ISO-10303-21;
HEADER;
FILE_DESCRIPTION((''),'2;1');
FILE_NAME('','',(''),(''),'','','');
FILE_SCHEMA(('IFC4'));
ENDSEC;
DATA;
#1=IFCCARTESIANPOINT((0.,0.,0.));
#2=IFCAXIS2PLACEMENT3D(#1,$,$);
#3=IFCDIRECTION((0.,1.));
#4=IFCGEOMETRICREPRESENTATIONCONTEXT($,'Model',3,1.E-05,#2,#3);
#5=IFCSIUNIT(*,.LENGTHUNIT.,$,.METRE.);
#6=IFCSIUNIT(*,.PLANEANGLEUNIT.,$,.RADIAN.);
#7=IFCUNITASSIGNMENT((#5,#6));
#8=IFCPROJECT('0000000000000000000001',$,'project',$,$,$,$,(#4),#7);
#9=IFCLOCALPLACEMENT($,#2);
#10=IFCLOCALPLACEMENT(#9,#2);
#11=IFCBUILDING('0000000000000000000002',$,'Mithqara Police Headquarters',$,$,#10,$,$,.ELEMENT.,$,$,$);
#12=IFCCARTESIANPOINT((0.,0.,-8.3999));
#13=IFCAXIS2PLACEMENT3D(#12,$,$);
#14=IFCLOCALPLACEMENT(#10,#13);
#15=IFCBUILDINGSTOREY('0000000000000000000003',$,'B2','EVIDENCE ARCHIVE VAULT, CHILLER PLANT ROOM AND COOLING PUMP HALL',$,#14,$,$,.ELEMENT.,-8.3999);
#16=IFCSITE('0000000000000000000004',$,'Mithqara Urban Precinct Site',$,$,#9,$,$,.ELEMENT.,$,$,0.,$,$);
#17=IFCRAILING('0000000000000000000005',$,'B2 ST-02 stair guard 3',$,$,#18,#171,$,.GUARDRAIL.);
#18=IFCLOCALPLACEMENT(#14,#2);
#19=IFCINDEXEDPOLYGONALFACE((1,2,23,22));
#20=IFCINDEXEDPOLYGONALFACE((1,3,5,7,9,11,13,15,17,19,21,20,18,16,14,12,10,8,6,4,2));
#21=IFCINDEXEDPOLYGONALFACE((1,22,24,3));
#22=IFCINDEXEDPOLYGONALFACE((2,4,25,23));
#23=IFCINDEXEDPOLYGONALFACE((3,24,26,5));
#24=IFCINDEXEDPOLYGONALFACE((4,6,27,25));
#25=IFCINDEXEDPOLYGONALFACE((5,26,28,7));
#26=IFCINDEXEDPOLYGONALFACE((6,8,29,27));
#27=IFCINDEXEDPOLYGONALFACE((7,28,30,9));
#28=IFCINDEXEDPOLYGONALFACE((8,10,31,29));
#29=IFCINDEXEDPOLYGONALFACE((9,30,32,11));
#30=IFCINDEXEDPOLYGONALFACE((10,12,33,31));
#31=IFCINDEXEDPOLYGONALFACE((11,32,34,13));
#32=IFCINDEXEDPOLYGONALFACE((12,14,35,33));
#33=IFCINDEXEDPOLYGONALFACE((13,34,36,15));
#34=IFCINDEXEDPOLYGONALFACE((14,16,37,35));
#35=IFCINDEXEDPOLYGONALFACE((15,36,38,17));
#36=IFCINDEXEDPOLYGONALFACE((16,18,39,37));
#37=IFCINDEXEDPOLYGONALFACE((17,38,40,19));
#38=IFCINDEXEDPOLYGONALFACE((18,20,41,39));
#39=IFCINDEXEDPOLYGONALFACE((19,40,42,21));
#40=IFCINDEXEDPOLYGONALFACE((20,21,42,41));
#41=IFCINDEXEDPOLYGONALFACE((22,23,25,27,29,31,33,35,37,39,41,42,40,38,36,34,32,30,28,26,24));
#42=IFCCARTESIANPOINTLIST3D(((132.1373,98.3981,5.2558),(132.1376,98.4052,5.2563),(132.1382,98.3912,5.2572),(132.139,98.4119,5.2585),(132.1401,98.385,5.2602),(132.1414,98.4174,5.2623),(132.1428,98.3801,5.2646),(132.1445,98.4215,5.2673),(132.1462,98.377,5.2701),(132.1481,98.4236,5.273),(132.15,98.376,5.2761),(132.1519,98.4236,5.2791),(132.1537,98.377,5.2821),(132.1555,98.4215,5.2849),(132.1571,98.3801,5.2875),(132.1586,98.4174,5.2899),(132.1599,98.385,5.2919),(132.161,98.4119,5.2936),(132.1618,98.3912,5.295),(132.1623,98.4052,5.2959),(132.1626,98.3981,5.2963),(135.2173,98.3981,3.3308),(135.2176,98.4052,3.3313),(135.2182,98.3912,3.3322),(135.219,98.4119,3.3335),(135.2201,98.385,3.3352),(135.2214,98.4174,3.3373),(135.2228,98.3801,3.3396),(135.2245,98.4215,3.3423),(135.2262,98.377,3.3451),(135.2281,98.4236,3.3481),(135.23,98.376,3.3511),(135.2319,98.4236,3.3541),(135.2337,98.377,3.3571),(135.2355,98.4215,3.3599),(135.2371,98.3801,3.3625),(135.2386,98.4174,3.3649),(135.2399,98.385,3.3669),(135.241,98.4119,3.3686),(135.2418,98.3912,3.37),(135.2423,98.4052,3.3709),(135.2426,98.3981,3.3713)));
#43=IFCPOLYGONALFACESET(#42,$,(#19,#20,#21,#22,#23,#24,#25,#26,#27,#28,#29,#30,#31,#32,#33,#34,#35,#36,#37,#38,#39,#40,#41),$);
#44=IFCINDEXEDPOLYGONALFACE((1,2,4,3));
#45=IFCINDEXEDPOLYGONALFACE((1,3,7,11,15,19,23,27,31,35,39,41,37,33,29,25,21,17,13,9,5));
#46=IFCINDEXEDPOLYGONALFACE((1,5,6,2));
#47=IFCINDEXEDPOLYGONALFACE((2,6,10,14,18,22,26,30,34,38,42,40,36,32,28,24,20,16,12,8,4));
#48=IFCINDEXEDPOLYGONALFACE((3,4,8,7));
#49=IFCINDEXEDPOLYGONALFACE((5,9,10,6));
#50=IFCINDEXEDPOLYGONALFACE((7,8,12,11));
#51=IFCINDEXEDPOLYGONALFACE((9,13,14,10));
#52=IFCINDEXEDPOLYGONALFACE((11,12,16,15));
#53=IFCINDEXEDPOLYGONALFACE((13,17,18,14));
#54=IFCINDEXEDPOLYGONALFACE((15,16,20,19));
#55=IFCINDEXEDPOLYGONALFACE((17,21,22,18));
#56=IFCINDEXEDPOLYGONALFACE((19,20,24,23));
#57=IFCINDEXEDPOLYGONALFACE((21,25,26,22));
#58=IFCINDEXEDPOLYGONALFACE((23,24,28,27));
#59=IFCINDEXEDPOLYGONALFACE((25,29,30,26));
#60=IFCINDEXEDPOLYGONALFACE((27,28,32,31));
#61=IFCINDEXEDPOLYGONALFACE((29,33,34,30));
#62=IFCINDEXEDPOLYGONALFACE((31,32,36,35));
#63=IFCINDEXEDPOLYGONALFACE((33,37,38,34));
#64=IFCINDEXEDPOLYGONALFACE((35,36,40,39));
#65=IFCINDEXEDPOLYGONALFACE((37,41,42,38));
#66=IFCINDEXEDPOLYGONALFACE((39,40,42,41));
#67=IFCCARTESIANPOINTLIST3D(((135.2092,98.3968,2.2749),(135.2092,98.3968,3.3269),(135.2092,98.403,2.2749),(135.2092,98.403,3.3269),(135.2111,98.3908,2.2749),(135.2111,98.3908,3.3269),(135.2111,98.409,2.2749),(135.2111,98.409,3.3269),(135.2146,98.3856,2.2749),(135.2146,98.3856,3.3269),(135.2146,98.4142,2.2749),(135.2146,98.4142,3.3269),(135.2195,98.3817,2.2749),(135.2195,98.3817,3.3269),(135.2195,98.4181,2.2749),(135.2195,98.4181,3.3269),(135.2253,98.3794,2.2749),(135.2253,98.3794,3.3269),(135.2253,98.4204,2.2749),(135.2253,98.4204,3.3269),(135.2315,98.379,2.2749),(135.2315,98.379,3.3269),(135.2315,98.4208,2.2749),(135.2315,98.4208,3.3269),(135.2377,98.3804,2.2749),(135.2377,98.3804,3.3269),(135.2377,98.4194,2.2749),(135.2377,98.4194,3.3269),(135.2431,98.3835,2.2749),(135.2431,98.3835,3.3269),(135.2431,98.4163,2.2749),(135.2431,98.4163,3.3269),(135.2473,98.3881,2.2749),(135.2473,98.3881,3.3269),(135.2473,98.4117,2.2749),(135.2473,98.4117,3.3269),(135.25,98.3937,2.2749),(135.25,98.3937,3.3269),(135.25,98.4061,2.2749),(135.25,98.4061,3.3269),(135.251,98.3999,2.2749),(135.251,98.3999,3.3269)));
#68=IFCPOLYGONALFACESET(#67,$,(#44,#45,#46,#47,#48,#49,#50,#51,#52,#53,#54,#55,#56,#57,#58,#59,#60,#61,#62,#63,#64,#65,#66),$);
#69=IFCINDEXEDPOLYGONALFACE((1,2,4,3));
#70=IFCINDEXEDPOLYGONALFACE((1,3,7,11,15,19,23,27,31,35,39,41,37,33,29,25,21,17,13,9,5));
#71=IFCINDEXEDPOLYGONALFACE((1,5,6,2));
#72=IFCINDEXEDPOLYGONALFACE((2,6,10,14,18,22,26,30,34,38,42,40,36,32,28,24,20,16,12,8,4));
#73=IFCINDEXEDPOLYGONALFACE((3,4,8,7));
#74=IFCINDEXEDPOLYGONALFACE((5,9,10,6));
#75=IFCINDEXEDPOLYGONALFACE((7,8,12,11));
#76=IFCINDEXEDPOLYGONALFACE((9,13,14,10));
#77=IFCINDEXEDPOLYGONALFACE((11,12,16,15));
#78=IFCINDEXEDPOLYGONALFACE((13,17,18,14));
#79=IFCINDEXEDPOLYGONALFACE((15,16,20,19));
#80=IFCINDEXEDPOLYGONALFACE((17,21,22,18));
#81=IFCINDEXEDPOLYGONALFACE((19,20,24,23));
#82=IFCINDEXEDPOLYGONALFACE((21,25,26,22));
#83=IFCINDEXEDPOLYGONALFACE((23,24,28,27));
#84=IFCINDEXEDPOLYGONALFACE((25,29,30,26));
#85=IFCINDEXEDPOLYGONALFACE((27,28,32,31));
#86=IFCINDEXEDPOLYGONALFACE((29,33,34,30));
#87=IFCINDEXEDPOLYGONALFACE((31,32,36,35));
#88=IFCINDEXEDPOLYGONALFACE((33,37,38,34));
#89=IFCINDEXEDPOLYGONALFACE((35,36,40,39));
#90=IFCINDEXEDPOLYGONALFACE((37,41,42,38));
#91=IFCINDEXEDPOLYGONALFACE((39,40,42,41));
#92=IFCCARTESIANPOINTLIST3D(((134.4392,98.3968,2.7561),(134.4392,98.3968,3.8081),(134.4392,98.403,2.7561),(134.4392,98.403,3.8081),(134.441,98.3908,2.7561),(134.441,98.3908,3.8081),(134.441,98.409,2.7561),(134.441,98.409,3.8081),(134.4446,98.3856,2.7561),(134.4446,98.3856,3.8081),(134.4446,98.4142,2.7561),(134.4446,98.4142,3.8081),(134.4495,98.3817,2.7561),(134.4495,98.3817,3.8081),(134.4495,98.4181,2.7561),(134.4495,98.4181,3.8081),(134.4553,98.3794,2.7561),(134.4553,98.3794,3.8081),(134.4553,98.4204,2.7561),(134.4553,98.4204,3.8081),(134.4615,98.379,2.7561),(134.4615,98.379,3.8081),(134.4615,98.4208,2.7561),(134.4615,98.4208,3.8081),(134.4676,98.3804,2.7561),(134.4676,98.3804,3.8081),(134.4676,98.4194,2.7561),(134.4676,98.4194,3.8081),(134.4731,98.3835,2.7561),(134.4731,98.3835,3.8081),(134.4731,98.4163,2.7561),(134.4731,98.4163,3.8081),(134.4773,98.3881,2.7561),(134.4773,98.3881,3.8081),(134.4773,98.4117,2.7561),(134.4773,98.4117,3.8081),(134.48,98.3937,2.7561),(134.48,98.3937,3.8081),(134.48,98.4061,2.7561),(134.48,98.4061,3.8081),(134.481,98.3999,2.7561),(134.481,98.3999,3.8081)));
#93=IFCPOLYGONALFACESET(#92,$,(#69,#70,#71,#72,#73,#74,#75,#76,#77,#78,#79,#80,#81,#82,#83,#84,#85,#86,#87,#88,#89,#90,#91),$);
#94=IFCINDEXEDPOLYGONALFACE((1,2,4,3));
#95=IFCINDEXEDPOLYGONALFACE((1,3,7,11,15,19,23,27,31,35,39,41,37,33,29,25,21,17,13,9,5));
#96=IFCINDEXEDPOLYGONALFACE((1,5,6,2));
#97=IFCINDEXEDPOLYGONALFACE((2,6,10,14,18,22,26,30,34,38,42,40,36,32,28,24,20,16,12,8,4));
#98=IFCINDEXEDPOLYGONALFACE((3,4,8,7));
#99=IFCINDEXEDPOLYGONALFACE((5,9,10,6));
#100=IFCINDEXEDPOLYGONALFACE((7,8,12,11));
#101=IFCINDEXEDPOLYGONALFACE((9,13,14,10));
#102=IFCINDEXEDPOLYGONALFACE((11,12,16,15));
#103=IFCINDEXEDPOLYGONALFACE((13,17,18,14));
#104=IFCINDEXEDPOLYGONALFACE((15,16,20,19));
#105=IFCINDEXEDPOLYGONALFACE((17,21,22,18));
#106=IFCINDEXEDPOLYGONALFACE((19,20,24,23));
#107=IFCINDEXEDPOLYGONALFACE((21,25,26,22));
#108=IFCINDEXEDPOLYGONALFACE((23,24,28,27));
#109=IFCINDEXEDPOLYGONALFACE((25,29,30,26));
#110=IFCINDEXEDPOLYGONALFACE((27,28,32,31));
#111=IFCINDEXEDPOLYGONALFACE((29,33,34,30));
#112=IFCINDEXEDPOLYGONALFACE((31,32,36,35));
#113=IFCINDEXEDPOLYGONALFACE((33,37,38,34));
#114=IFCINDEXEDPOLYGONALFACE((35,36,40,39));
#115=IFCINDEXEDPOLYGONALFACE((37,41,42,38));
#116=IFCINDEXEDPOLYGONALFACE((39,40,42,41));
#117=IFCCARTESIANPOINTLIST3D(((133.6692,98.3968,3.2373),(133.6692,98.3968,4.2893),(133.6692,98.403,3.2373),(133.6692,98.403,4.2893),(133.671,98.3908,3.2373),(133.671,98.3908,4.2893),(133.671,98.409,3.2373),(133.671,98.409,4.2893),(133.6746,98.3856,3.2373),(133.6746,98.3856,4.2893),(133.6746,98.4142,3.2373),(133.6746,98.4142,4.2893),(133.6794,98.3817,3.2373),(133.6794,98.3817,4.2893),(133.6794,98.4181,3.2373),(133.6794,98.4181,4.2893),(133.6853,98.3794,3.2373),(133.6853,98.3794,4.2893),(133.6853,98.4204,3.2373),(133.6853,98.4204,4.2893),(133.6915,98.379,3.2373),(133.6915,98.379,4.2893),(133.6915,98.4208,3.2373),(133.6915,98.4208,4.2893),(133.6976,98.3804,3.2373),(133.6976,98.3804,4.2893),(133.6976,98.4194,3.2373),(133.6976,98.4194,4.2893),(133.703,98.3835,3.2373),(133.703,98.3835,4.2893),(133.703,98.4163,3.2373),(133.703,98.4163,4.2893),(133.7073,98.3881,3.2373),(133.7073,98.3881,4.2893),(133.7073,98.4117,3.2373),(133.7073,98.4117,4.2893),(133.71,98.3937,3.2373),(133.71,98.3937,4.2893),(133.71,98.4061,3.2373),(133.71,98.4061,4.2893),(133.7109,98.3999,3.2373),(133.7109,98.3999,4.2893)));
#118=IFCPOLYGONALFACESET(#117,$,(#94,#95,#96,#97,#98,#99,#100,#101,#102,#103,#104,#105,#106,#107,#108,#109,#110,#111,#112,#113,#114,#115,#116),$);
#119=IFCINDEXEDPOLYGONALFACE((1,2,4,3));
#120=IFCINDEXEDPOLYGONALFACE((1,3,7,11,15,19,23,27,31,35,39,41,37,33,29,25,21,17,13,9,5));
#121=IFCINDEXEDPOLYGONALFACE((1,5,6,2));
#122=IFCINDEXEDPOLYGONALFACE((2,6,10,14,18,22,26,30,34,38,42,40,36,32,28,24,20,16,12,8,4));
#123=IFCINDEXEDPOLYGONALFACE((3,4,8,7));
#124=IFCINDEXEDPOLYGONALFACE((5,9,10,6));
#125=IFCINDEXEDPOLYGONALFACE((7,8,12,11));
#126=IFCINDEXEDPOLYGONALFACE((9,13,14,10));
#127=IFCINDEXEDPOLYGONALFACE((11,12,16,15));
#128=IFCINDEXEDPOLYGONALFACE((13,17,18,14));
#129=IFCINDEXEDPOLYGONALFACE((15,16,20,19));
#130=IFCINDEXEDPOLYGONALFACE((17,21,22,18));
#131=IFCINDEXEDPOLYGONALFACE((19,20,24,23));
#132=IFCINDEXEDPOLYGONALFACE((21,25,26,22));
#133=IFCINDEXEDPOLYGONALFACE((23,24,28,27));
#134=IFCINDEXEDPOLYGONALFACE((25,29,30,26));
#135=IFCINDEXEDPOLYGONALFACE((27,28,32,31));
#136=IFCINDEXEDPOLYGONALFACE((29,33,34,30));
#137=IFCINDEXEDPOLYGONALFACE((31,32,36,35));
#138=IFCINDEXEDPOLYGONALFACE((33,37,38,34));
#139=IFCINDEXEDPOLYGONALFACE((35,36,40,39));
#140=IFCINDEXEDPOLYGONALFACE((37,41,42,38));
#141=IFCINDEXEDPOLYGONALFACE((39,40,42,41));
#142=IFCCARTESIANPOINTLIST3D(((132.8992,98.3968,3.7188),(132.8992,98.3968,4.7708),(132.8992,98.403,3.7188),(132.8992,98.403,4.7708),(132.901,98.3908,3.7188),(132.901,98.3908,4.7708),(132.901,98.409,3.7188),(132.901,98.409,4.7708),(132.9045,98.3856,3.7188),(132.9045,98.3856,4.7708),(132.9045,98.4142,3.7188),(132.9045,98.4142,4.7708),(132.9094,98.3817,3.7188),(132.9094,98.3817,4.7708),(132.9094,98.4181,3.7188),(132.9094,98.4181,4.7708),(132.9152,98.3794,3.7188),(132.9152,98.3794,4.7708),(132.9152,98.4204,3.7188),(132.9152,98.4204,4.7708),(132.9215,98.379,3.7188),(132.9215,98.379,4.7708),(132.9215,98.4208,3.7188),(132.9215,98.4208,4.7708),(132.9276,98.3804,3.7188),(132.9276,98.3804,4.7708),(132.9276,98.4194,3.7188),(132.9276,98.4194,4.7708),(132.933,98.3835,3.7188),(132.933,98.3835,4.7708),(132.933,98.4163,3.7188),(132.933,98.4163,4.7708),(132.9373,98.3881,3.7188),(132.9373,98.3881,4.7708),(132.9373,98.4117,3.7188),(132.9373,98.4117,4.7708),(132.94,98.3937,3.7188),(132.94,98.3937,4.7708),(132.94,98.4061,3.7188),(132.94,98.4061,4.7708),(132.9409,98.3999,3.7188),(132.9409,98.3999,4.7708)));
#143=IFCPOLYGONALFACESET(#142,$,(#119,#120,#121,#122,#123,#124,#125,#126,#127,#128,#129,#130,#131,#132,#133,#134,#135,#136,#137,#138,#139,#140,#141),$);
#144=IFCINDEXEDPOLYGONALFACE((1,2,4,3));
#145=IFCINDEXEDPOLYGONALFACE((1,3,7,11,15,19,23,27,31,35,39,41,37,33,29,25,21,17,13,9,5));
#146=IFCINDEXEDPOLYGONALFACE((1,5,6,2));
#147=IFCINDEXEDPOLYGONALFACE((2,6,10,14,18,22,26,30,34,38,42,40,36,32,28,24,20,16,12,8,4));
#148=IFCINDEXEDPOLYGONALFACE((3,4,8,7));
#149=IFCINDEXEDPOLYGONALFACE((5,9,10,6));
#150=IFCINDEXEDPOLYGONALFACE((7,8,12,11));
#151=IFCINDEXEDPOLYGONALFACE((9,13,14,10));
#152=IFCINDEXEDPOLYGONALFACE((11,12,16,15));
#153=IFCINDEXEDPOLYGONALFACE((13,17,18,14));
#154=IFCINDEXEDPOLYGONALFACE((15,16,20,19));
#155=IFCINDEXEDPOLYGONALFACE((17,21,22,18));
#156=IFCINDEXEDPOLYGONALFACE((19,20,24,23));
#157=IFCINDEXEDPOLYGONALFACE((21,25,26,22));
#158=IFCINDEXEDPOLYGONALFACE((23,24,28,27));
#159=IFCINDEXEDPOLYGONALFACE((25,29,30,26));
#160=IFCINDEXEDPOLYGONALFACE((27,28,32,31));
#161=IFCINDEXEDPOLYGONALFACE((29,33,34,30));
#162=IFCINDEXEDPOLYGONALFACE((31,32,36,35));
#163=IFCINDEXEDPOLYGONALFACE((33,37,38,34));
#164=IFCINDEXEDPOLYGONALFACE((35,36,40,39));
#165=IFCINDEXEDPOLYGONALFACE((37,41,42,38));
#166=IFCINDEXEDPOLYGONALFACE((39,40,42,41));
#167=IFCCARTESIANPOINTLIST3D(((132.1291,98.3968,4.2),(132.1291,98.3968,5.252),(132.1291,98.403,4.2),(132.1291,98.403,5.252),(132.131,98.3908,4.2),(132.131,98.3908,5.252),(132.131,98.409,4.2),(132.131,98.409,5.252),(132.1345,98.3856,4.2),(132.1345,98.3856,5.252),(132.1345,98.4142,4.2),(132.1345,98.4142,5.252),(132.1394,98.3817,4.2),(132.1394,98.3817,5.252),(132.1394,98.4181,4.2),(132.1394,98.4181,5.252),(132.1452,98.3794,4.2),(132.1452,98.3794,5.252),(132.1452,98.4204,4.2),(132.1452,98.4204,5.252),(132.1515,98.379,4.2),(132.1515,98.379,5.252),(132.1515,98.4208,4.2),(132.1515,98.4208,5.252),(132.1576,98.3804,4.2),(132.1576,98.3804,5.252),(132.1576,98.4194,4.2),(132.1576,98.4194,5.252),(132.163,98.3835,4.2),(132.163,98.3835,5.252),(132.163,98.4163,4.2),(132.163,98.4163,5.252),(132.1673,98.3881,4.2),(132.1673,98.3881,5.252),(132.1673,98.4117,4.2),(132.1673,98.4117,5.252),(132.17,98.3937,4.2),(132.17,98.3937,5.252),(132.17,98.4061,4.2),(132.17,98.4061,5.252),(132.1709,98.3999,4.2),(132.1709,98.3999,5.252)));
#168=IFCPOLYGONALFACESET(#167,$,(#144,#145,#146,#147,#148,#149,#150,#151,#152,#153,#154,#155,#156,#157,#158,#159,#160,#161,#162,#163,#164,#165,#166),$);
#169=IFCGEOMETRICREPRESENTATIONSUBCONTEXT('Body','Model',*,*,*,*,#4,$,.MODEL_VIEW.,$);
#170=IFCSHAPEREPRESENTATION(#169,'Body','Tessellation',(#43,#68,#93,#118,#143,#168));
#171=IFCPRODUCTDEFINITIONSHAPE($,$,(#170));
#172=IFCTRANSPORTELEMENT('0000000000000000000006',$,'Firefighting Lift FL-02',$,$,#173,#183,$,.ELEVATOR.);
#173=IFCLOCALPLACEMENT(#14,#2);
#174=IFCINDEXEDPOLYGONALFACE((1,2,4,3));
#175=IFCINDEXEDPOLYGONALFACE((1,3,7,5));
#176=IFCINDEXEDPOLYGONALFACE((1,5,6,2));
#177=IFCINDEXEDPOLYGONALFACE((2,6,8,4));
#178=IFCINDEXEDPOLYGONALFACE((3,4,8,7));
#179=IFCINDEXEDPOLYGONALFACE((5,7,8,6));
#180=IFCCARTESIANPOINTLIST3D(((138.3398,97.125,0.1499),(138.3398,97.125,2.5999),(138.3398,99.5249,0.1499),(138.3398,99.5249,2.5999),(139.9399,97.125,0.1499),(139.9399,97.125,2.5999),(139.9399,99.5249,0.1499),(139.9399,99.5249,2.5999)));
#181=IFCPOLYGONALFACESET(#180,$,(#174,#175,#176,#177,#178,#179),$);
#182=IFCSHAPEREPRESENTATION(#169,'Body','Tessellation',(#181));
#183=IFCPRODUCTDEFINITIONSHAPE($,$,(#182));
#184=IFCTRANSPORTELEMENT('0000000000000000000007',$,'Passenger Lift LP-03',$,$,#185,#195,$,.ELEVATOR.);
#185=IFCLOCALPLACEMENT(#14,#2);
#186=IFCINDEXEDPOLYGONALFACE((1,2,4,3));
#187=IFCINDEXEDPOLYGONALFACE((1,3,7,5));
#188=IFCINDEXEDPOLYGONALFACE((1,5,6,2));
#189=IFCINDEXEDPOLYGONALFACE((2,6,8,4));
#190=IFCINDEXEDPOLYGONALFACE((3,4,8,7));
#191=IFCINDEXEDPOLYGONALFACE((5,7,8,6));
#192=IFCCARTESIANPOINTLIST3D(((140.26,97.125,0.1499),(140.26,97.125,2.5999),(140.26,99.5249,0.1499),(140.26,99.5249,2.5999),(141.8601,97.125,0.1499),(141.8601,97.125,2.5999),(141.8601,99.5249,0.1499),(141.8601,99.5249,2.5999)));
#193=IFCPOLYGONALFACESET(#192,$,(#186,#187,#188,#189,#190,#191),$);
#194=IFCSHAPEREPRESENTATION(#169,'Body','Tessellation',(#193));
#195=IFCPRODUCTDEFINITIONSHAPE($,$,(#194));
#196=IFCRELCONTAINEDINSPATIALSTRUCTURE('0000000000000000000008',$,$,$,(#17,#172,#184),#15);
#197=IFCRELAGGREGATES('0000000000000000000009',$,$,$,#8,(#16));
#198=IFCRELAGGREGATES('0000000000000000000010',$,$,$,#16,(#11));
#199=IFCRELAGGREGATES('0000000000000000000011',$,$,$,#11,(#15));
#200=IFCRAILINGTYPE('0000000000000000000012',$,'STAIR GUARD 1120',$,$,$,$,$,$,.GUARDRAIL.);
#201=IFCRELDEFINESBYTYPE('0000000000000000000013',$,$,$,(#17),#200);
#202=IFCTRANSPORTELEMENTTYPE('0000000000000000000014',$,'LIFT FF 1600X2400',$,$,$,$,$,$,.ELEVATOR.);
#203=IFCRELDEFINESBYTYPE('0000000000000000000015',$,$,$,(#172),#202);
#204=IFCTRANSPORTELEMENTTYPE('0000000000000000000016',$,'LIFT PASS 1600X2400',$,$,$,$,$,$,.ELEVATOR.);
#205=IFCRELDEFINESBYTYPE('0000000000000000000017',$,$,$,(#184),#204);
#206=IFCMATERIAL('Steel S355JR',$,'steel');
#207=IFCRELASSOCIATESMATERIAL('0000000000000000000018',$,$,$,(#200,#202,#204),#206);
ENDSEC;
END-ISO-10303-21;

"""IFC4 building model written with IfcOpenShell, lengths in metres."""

from ifc_helpers import new_model, si_unit, direction, frame, origin, origin_2d, place, context, subcontext, project, spatial, rectangle, circle, extrude, material, type_object, element, save


model = new_model("IFC4")

# Units and contexts
model_context = context("Model", 3, precision=1e-05, world=origin(), true_north=direction((0.0, 1.0)))
body_context = subcontext(model_context, "Body", "Model", "MODEL_VIEW")
ifc_project = project(units=[si_unit("LENGTHUNIT", "METRE"), si_unit("PLANEANGLEUNIT", "RADIAN")], contexts=[model_context])

# Site, building, storey
site_placement = place(None, origin())
site = spatial("IfcSite", under=ifc_project, at=site_placement, Name="Mithqara Urban Precinct Site", CompositionType="ELEMENT", RefElevation=0.0)
building_placement = place(site_placement, origin())
building = spatial("IfcBuilding", under=site, at=building_placement, Name="Mithqara Police Headquarters", CompositionType="ELEMENT")
storey_placement = place(building_placement, frame((0.0, 0.0, -8.3999)))
storey = spatial("IfcBuildingStorey", under=building, at=storey_placement, Name="B2", Description="EVIDENCE ARCHIVE VAULT, CHILLER PLANT ROOM AND COOLING PUMP HALL", CompositionType="ELEMENT", Elevation=-8.3999)

# Shared definitions
ifc_material_1 = material(Name="Steel S355JR", Category="steel")

# Railing
railing_type = type_object("IfcRailingType", Name="STAIR GUARD 1120", PredefinedType="GUARDRAIL", material=ifc_material_1)
railing_1_placement = place(storey_placement, frame((135.23, 98.3999, 2.2749)))
element("IfcRailing", 1, at=railing_1_placement, inside=storey, type_object=railing_type, Name="B2 ST-02 stair guard 3", PredefinedType="GUARDRAIL", context=body_context, shape_type="SweptSolid", body=[
    extrude(circle(Radius=0.0239, at=origin_2d()), frame((0.0, 0.0, 1.0762), z_axis=(-0.847998, 0.0, 0.529999), x_axis=(0.0, -1.0, 0.0)), (0.0, 0.0, 1.0), 3.6321),
    extrude(circle(Radius=0.021, at=origin_2d()), origin(), (0.0, 0.0, 1.0), 1.052),
    extrude(circle(Radius=0.021, at=origin_2d()), frame((-0.77, 0.0, 0.4812)), (0.0, 0.0, 1.0), 1.052),
    extrude(circle(Radius=0.021, at=origin_2d()), frame((-1.54, 0.0, 0.9624)), (0.0, 0.0, 1.0), 1.052),
    extrude(circle(Radius=0.021, at=origin_2d()), frame((-2.3101, 0.0, 1.4438)), (0.0, 0.0, 1.0), 1.052),
    extrude(circle(Radius=0.021, at=origin_2d()), frame((-3.0801, 0.0, 1.925)), (0.0, 0.0, 1.0), 1.052),
])

# Transport elements
transport_element_type_1 = type_object("IfcTransportElementType", Name="LIFT FF 1600X2400", PredefinedType="ELEVATOR", material=ifc_material_1)
transport_element_1_placement = place(storey_placement, frame((139.1399, 98.325, 0.1499), z_axis=(0.0, 0.0, 1.0), x_axis=(1.0, 0.0, 0.0)))
element("IfcTransportElement", 2, at=transport_element_1_placement, inside=storey, type_object=transport_element_type_1, Name="Firefighting Lift FL-02", PredefinedType="ELEVATOR", context=body_context, shape_type="SweptSolid", body=[
    extrude(rectangle(XDim=1.6001, YDim=2.3999, at=origin_2d()), origin(), (0.0, 0.0, 1.0), 2.45),
])
transport_element_type_2 = type_object("IfcTransportElementType", Name="LIFT PASS 1600X2400", PredefinedType="ELEVATOR", material=ifc_material_1)
transport_element_2_placement = place(storey_placement, frame((141.0601, 98.325, 0.1499), z_axis=(0.0, 0.0, 1.0), x_axis=(1.0, 0.0, 0.0)))
element("IfcTransportElement", 3, at=transport_element_2_placement, inside=storey, type_object=transport_element_type_2, Name="Passenger Lift LP-03", PredefinedType="ELEVATOR", context=body_context, shape_type="SweptSolid", body=[
    extrude(rectangle(XDim=1.6001, YDim=2.3999, at=origin_2d()), origin(), (0.0, 0.0, 1.0), 2.45),
])

save(model, "model.ifc")
